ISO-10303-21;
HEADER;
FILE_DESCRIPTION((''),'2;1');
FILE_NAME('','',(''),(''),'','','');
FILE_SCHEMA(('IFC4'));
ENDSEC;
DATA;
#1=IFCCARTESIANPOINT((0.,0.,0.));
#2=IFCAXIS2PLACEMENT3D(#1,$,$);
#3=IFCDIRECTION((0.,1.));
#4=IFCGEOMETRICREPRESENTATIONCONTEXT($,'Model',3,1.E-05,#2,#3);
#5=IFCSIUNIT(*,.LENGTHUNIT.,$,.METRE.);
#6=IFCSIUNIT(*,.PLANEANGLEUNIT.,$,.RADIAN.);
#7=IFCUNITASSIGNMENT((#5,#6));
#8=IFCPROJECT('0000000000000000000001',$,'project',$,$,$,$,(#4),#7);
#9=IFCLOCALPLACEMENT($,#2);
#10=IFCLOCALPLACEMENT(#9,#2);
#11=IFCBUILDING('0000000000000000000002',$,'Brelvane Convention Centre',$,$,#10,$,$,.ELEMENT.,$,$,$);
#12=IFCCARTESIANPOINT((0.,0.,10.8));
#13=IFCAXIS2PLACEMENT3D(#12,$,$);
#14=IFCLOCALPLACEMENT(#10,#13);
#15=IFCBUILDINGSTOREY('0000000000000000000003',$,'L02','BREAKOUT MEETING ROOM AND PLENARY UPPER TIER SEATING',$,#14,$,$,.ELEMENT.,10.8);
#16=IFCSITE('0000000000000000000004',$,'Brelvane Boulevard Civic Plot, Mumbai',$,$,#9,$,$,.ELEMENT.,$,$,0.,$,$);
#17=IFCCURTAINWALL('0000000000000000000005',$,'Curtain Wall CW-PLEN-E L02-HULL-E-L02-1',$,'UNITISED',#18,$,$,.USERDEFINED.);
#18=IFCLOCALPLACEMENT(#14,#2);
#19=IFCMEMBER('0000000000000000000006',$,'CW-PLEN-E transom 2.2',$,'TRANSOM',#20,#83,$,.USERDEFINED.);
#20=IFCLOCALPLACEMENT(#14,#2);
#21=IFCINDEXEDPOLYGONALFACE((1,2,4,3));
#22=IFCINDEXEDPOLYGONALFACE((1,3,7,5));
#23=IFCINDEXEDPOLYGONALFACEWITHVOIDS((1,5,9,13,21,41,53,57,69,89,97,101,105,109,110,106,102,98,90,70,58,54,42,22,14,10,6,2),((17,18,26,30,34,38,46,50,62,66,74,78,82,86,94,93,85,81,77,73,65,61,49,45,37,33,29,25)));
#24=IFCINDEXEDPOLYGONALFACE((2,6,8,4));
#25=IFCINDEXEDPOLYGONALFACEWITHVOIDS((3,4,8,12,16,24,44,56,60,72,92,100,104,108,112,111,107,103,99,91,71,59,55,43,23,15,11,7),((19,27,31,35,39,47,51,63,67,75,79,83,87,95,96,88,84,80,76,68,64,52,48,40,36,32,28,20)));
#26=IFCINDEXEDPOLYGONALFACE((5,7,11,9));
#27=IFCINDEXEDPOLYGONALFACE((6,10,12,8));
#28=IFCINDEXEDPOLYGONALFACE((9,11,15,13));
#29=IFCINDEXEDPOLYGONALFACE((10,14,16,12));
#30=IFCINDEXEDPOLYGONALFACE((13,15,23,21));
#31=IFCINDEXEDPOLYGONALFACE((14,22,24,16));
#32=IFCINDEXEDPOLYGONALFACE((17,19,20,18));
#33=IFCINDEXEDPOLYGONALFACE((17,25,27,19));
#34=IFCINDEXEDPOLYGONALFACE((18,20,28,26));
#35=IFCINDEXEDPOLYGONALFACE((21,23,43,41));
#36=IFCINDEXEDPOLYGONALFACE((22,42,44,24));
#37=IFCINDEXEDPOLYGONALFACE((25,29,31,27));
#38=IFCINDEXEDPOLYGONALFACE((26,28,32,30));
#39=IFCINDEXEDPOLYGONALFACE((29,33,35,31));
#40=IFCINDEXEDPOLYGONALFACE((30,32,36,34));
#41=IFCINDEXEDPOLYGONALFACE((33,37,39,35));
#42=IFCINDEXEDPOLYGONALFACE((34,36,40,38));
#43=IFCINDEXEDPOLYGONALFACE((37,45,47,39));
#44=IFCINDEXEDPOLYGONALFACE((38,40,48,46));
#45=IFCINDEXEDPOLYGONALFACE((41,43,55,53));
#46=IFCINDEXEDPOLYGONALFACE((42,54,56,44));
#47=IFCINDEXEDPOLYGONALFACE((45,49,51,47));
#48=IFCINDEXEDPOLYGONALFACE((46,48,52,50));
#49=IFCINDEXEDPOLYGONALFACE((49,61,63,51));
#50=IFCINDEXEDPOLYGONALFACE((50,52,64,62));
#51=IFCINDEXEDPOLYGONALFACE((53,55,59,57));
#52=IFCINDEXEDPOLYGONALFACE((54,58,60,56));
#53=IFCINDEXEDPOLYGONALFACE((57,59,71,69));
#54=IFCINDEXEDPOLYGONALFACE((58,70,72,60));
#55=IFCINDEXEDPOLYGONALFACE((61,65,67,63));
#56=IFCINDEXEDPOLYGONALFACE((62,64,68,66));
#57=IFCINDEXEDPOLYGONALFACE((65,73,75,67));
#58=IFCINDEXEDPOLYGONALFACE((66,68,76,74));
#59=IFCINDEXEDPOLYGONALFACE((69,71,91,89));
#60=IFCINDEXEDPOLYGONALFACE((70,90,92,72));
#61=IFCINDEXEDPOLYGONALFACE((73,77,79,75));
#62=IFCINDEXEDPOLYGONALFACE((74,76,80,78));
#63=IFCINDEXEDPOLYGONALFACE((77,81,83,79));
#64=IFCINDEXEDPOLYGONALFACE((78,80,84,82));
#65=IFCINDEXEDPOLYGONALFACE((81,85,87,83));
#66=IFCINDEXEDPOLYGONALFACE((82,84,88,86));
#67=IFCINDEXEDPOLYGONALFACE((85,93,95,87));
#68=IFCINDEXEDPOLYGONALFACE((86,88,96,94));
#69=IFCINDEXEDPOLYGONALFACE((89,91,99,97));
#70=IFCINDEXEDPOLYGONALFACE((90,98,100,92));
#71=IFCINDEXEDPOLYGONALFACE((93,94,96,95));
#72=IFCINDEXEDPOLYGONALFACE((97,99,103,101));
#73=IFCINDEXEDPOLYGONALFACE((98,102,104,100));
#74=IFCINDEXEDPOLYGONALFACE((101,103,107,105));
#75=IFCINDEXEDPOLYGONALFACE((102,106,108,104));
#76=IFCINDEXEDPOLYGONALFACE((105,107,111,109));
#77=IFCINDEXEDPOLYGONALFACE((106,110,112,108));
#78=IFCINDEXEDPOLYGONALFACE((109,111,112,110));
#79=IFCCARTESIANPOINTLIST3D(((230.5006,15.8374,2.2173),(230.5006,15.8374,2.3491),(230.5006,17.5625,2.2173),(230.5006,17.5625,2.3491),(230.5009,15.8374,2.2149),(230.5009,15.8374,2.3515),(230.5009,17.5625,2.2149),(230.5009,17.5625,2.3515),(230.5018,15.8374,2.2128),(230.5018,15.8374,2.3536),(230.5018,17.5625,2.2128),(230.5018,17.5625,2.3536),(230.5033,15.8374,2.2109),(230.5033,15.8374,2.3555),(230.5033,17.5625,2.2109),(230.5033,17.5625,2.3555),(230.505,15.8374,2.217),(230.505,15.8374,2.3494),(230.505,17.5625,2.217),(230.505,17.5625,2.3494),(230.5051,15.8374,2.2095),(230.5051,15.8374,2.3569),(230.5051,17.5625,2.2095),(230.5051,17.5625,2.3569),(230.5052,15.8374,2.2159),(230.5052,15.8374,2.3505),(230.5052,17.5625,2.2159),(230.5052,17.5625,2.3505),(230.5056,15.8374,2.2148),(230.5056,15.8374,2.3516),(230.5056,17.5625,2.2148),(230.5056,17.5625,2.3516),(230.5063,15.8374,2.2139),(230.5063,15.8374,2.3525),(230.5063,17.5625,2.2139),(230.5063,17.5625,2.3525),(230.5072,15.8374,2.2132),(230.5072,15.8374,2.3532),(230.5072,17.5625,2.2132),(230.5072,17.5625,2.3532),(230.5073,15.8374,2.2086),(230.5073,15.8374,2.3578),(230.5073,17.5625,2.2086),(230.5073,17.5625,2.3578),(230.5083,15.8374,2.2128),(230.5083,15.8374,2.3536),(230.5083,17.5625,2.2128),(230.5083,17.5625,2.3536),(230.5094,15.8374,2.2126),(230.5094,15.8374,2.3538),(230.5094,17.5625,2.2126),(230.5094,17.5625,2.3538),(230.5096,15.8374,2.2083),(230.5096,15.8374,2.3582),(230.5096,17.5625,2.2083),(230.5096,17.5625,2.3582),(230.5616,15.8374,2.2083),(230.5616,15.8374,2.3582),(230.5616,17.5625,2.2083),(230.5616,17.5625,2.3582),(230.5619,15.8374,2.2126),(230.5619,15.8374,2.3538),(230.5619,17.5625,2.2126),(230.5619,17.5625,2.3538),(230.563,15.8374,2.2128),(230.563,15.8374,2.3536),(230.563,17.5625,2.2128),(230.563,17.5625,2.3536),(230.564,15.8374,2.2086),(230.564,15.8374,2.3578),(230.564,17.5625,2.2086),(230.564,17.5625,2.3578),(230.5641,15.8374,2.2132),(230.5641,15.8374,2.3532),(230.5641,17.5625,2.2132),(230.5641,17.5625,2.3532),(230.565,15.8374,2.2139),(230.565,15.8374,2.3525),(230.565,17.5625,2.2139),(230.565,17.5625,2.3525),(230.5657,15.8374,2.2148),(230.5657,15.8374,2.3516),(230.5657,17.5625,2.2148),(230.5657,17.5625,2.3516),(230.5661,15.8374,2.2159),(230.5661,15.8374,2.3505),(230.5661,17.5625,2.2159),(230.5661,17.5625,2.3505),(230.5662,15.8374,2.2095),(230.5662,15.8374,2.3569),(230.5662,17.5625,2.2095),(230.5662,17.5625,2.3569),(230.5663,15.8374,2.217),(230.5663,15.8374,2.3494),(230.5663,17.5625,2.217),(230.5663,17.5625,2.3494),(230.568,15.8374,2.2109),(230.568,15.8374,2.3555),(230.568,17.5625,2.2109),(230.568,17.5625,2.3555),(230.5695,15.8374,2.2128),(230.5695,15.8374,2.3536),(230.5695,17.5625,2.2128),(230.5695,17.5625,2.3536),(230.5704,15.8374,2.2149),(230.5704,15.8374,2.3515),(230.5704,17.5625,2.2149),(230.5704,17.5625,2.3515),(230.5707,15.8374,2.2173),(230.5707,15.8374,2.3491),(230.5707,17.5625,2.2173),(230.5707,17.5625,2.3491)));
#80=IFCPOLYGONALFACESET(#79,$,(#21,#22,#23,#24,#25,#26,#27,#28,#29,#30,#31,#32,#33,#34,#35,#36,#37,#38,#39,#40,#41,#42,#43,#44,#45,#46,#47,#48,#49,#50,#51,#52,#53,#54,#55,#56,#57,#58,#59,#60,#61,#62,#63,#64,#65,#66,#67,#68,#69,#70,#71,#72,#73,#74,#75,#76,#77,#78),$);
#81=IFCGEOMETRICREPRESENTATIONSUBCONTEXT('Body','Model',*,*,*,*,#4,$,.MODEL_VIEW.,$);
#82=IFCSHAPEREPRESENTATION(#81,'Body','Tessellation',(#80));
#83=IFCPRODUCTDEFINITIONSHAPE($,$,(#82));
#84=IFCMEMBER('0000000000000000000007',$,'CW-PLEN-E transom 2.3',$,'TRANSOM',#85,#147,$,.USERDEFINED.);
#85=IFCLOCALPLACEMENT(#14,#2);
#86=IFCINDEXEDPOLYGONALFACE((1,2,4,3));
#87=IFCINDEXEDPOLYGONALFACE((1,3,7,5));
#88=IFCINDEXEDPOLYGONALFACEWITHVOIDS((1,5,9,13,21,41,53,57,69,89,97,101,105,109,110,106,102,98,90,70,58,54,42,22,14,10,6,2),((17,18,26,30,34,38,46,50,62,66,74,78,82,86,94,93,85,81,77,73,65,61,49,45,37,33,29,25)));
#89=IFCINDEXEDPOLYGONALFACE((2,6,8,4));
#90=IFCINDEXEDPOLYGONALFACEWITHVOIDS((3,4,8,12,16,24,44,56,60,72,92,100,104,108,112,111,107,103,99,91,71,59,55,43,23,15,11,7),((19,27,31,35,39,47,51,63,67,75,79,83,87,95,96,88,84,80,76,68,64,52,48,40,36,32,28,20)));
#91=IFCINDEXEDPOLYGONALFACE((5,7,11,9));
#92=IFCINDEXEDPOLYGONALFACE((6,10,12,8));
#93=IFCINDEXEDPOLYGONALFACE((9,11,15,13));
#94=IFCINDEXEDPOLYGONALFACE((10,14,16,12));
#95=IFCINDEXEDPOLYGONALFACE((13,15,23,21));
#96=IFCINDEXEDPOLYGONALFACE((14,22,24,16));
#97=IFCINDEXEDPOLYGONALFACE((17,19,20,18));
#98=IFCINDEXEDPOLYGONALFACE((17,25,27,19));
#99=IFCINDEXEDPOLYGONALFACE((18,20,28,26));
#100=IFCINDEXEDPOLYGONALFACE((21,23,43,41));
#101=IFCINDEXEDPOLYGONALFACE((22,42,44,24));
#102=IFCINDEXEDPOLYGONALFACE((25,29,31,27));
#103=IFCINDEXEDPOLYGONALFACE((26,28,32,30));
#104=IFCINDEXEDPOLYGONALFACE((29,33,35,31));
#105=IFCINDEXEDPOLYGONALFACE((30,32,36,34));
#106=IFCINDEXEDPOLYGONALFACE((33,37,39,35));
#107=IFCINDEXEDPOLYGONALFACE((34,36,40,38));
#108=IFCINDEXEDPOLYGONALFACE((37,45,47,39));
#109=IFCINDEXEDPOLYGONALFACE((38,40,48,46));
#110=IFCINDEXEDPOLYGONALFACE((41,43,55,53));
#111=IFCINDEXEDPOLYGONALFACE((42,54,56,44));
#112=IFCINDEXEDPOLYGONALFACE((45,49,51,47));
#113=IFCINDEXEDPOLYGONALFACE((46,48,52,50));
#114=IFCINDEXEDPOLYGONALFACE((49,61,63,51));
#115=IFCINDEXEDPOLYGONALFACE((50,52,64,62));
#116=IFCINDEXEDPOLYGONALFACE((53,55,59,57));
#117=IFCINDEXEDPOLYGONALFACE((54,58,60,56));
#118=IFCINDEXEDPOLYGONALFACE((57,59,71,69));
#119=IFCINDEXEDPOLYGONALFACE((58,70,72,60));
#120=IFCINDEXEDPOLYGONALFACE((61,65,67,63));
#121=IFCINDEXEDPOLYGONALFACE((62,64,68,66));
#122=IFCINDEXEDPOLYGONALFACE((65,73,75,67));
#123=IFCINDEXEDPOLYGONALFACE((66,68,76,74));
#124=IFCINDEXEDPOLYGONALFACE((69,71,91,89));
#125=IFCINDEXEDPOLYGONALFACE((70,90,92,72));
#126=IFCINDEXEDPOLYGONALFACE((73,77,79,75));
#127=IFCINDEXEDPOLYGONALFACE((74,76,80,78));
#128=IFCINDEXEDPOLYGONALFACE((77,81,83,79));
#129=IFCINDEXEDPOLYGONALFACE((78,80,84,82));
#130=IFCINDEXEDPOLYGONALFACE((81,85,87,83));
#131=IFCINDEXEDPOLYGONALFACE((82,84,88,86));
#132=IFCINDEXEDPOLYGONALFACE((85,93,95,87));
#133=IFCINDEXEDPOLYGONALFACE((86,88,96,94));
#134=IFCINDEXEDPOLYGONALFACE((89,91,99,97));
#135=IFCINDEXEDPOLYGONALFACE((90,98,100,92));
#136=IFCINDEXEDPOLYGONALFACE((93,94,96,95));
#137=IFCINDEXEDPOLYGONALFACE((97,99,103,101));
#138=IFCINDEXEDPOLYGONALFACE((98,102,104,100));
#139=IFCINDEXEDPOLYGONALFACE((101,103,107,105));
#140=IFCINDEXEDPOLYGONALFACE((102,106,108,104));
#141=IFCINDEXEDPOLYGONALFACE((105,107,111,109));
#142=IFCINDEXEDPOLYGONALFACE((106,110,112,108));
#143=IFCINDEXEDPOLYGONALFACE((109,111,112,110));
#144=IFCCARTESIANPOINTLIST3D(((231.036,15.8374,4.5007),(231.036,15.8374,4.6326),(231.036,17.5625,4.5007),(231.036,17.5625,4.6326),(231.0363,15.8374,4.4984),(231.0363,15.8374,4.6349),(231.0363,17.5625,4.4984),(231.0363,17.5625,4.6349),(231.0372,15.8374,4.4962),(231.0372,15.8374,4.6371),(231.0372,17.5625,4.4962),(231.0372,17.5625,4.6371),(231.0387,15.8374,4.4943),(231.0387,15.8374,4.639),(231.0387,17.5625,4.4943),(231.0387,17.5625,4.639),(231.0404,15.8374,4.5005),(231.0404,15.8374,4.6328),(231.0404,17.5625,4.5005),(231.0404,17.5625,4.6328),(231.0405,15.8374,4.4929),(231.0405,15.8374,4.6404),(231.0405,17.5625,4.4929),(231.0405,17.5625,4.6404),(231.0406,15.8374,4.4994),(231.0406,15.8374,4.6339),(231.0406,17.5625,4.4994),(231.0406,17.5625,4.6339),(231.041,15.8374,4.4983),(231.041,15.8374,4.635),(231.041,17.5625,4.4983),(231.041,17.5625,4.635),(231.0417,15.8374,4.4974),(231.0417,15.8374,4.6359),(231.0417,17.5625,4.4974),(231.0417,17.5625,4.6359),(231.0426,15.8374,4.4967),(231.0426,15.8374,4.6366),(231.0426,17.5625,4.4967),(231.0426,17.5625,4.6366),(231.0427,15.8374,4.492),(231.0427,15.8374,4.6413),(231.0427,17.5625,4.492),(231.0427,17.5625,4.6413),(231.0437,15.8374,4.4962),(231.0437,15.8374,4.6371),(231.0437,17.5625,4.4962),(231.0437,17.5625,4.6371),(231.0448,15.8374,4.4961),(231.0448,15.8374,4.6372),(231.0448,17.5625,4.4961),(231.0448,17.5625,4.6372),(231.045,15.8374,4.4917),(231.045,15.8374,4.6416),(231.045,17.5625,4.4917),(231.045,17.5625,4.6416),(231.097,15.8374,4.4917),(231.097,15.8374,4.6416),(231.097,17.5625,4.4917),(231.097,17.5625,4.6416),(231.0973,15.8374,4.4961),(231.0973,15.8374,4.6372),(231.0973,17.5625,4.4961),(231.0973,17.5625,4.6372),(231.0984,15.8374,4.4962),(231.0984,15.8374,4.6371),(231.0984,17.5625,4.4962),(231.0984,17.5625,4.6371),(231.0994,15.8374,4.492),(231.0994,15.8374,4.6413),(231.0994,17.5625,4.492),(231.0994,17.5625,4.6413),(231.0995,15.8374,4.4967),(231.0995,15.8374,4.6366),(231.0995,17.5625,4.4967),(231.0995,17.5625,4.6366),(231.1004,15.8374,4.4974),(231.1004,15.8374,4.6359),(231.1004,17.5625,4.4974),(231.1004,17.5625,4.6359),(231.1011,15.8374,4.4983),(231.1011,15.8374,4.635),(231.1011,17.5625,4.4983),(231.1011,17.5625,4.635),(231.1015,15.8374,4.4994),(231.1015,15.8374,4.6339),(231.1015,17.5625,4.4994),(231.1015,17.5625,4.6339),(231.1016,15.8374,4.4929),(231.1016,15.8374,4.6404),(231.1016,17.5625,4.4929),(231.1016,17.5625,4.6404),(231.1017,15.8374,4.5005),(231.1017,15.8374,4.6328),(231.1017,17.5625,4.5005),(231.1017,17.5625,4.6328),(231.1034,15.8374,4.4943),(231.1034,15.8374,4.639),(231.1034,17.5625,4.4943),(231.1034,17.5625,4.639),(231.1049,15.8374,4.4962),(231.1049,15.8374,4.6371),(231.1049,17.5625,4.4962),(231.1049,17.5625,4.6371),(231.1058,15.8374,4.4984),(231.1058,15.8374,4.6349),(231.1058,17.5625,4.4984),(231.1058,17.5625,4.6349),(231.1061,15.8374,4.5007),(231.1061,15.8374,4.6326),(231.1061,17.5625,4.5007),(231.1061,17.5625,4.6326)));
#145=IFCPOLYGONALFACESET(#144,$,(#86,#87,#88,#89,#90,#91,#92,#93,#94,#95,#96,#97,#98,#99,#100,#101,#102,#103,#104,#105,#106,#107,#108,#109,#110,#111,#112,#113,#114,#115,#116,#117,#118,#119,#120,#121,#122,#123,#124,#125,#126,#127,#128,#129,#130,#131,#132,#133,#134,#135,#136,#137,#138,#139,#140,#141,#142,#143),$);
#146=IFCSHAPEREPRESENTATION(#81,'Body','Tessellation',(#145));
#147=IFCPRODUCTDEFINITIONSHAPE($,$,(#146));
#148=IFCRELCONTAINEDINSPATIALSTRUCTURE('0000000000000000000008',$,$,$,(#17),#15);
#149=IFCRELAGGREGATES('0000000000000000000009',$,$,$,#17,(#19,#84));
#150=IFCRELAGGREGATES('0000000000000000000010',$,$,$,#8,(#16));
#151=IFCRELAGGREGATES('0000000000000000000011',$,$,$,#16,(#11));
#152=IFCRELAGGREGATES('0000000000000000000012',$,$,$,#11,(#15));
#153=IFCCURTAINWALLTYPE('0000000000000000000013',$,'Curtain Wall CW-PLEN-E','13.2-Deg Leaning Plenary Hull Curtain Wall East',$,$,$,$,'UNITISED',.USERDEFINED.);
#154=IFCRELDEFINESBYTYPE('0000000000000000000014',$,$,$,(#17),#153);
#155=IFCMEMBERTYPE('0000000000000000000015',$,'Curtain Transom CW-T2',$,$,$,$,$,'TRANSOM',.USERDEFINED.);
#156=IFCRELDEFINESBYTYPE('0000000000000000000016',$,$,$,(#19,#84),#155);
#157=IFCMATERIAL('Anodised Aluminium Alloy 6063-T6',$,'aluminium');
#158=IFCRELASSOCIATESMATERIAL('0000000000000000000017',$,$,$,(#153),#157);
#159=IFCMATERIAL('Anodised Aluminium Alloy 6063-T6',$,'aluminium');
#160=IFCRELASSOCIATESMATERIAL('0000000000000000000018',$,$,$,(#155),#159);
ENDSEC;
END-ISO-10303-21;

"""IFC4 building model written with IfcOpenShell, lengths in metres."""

from ifc_helpers import new_model, si_unit, direction, frame, origin, origin_2d, place, context, subcontext, project, spatial, hollow_rectangle, extrude, material, material_profile, profile_set, type_object, element, aggregate, save


model = new_model("IFC4")

# Units and contexts
model_context = context("Model", 3, precision=1e-05, world=origin(), true_north=direction((0.0, 1.0)))
body_context = subcontext(model_context, "Body", "Model", "MODEL_VIEW")
ifc_project = project(units=[si_unit("LENGTHUNIT", "METRE"), si_unit("PLANEANGLEUNIT", "RADIAN")], contexts=[model_context])

# Site, building, storey
site_placement = place(None, origin())
site = spatial("IfcSite", under=ifc_project, at=site_placement, Name="Brelvane Boulevard Civic Plot, Mumbai", CompositionType="ELEMENT", RefElevation=0.0)
building_placement = place(site_placement, origin())
building = spatial("IfcBuilding", under=site, at=building_placement, Name="Brelvane Convention Centre", CompositionType="ELEMENT")
storey_placement = place(building_placement, frame((0.0, 0.0, 10.8)))
storey = spatial("IfcBuildingStorey", under=building, at=storey_placement, Name="L02", Description="BREAKOUT MEETING ROOM AND PLENARY UPPER TIER SEATING", CompositionType="ELEMENT", Elevation=10.8)

# Curtain wall, members
ifc_material_1 = material(Name="Anodised Aluminium Alloy 6063-T6", Category="aluminium")
curtain_wall_type = type_object("IfcCurtainWallType", Name="Curtain Wall CW-PLEN-E", Description="13.2-Deg Leaning Plenary Hull Curtain Wall East", ElementType="UNITISED", PredefinedType="USERDEFINED", material=ifc_material_1)
curtain_wall_placement = place(storey_placement, origin())
curtain_wall = element("IfcCurtainWall", 1, at=curtain_wall_placement, inside=storey, type_object=curtain_wall_type, Name="Curtain Wall CW-PLEN-E L02-HULL-E-L02-1", ObjectType="UNITISED", PredefinedType="USERDEFINED")
ifc_material_2 = material(Name="Anodised Aluminium Alloy 6063-T6", Category="aluminium")
ifc_material_profile_1 = material_profile(ifc_material_2, hollow_rectangle(XDim=0.0701, YDim=0.1499, WallThickness=0.0044, InnerFilletRadius=0.0044, OuterFilletRadius=0.009, at=origin_2d()), Name="ALU-T 150x70x4.5")
ifc_profile_set_1 = profile_set([ifc_material_profile_1], Name="Anodised Aluminium Alloy 6063-T6")
member_type_1 = type_object("IfcMemberType", Name="Curtain Transom CW-T2", ElementType="TRANSOM", PredefinedType="USERDEFINED", material=ifc_profile_set_1)
member_1_placement = place(storey_placement, frame((230.5356, 15.8374, 2.2832), z_axis=(0.0, 1.0, 0.0), x_axis=(-1.0, 0.0, 0.0)))
member_1 = element("IfcMember", 2, at=member_1_placement, type_object=member_type_1, Name="CW-PLEN-E transom 2.2", ObjectType="TRANSOM", PredefinedType="USERDEFINED", context=body_context, shape_type="SweptSolid", body=[
    extrude(hollow_rectangle(XDim=0.0701, YDim=0.1499, WallThickness=0.0044, InnerFilletRadius=0.0044, OuterFilletRadius=0.009, at=origin_2d()), origin(), (0.0, 0.0, 1.0), 1.7251),
])
member_2_placement = place(storey_placement, frame((231.071, 15.8374, 4.5667), z_axis=(0.0, 1.0, 0.0), x_axis=(-1.0, 0.0, 0.0)))
member_2 = element("IfcMember", 3, at=member_2_placement, type_object=member_type_1, Name="CW-PLEN-E transom 2.3", ObjectType="TRANSOM", PredefinedType="USERDEFINED", context=body_context, shape_type="SweptSolid", body=[
    extrude(hollow_rectangle(XDim=0.0701, YDim=0.1499, WallThickness=0.0044, InnerFilletRadius=0.0044, OuterFilletRadius=0.009, at=origin_2d()), origin(), (0.0, 0.0, 1.0), 1.7251),
])
aggregate(curtain_wall, [member_1, member_2])

save(model, "model.ifc")
